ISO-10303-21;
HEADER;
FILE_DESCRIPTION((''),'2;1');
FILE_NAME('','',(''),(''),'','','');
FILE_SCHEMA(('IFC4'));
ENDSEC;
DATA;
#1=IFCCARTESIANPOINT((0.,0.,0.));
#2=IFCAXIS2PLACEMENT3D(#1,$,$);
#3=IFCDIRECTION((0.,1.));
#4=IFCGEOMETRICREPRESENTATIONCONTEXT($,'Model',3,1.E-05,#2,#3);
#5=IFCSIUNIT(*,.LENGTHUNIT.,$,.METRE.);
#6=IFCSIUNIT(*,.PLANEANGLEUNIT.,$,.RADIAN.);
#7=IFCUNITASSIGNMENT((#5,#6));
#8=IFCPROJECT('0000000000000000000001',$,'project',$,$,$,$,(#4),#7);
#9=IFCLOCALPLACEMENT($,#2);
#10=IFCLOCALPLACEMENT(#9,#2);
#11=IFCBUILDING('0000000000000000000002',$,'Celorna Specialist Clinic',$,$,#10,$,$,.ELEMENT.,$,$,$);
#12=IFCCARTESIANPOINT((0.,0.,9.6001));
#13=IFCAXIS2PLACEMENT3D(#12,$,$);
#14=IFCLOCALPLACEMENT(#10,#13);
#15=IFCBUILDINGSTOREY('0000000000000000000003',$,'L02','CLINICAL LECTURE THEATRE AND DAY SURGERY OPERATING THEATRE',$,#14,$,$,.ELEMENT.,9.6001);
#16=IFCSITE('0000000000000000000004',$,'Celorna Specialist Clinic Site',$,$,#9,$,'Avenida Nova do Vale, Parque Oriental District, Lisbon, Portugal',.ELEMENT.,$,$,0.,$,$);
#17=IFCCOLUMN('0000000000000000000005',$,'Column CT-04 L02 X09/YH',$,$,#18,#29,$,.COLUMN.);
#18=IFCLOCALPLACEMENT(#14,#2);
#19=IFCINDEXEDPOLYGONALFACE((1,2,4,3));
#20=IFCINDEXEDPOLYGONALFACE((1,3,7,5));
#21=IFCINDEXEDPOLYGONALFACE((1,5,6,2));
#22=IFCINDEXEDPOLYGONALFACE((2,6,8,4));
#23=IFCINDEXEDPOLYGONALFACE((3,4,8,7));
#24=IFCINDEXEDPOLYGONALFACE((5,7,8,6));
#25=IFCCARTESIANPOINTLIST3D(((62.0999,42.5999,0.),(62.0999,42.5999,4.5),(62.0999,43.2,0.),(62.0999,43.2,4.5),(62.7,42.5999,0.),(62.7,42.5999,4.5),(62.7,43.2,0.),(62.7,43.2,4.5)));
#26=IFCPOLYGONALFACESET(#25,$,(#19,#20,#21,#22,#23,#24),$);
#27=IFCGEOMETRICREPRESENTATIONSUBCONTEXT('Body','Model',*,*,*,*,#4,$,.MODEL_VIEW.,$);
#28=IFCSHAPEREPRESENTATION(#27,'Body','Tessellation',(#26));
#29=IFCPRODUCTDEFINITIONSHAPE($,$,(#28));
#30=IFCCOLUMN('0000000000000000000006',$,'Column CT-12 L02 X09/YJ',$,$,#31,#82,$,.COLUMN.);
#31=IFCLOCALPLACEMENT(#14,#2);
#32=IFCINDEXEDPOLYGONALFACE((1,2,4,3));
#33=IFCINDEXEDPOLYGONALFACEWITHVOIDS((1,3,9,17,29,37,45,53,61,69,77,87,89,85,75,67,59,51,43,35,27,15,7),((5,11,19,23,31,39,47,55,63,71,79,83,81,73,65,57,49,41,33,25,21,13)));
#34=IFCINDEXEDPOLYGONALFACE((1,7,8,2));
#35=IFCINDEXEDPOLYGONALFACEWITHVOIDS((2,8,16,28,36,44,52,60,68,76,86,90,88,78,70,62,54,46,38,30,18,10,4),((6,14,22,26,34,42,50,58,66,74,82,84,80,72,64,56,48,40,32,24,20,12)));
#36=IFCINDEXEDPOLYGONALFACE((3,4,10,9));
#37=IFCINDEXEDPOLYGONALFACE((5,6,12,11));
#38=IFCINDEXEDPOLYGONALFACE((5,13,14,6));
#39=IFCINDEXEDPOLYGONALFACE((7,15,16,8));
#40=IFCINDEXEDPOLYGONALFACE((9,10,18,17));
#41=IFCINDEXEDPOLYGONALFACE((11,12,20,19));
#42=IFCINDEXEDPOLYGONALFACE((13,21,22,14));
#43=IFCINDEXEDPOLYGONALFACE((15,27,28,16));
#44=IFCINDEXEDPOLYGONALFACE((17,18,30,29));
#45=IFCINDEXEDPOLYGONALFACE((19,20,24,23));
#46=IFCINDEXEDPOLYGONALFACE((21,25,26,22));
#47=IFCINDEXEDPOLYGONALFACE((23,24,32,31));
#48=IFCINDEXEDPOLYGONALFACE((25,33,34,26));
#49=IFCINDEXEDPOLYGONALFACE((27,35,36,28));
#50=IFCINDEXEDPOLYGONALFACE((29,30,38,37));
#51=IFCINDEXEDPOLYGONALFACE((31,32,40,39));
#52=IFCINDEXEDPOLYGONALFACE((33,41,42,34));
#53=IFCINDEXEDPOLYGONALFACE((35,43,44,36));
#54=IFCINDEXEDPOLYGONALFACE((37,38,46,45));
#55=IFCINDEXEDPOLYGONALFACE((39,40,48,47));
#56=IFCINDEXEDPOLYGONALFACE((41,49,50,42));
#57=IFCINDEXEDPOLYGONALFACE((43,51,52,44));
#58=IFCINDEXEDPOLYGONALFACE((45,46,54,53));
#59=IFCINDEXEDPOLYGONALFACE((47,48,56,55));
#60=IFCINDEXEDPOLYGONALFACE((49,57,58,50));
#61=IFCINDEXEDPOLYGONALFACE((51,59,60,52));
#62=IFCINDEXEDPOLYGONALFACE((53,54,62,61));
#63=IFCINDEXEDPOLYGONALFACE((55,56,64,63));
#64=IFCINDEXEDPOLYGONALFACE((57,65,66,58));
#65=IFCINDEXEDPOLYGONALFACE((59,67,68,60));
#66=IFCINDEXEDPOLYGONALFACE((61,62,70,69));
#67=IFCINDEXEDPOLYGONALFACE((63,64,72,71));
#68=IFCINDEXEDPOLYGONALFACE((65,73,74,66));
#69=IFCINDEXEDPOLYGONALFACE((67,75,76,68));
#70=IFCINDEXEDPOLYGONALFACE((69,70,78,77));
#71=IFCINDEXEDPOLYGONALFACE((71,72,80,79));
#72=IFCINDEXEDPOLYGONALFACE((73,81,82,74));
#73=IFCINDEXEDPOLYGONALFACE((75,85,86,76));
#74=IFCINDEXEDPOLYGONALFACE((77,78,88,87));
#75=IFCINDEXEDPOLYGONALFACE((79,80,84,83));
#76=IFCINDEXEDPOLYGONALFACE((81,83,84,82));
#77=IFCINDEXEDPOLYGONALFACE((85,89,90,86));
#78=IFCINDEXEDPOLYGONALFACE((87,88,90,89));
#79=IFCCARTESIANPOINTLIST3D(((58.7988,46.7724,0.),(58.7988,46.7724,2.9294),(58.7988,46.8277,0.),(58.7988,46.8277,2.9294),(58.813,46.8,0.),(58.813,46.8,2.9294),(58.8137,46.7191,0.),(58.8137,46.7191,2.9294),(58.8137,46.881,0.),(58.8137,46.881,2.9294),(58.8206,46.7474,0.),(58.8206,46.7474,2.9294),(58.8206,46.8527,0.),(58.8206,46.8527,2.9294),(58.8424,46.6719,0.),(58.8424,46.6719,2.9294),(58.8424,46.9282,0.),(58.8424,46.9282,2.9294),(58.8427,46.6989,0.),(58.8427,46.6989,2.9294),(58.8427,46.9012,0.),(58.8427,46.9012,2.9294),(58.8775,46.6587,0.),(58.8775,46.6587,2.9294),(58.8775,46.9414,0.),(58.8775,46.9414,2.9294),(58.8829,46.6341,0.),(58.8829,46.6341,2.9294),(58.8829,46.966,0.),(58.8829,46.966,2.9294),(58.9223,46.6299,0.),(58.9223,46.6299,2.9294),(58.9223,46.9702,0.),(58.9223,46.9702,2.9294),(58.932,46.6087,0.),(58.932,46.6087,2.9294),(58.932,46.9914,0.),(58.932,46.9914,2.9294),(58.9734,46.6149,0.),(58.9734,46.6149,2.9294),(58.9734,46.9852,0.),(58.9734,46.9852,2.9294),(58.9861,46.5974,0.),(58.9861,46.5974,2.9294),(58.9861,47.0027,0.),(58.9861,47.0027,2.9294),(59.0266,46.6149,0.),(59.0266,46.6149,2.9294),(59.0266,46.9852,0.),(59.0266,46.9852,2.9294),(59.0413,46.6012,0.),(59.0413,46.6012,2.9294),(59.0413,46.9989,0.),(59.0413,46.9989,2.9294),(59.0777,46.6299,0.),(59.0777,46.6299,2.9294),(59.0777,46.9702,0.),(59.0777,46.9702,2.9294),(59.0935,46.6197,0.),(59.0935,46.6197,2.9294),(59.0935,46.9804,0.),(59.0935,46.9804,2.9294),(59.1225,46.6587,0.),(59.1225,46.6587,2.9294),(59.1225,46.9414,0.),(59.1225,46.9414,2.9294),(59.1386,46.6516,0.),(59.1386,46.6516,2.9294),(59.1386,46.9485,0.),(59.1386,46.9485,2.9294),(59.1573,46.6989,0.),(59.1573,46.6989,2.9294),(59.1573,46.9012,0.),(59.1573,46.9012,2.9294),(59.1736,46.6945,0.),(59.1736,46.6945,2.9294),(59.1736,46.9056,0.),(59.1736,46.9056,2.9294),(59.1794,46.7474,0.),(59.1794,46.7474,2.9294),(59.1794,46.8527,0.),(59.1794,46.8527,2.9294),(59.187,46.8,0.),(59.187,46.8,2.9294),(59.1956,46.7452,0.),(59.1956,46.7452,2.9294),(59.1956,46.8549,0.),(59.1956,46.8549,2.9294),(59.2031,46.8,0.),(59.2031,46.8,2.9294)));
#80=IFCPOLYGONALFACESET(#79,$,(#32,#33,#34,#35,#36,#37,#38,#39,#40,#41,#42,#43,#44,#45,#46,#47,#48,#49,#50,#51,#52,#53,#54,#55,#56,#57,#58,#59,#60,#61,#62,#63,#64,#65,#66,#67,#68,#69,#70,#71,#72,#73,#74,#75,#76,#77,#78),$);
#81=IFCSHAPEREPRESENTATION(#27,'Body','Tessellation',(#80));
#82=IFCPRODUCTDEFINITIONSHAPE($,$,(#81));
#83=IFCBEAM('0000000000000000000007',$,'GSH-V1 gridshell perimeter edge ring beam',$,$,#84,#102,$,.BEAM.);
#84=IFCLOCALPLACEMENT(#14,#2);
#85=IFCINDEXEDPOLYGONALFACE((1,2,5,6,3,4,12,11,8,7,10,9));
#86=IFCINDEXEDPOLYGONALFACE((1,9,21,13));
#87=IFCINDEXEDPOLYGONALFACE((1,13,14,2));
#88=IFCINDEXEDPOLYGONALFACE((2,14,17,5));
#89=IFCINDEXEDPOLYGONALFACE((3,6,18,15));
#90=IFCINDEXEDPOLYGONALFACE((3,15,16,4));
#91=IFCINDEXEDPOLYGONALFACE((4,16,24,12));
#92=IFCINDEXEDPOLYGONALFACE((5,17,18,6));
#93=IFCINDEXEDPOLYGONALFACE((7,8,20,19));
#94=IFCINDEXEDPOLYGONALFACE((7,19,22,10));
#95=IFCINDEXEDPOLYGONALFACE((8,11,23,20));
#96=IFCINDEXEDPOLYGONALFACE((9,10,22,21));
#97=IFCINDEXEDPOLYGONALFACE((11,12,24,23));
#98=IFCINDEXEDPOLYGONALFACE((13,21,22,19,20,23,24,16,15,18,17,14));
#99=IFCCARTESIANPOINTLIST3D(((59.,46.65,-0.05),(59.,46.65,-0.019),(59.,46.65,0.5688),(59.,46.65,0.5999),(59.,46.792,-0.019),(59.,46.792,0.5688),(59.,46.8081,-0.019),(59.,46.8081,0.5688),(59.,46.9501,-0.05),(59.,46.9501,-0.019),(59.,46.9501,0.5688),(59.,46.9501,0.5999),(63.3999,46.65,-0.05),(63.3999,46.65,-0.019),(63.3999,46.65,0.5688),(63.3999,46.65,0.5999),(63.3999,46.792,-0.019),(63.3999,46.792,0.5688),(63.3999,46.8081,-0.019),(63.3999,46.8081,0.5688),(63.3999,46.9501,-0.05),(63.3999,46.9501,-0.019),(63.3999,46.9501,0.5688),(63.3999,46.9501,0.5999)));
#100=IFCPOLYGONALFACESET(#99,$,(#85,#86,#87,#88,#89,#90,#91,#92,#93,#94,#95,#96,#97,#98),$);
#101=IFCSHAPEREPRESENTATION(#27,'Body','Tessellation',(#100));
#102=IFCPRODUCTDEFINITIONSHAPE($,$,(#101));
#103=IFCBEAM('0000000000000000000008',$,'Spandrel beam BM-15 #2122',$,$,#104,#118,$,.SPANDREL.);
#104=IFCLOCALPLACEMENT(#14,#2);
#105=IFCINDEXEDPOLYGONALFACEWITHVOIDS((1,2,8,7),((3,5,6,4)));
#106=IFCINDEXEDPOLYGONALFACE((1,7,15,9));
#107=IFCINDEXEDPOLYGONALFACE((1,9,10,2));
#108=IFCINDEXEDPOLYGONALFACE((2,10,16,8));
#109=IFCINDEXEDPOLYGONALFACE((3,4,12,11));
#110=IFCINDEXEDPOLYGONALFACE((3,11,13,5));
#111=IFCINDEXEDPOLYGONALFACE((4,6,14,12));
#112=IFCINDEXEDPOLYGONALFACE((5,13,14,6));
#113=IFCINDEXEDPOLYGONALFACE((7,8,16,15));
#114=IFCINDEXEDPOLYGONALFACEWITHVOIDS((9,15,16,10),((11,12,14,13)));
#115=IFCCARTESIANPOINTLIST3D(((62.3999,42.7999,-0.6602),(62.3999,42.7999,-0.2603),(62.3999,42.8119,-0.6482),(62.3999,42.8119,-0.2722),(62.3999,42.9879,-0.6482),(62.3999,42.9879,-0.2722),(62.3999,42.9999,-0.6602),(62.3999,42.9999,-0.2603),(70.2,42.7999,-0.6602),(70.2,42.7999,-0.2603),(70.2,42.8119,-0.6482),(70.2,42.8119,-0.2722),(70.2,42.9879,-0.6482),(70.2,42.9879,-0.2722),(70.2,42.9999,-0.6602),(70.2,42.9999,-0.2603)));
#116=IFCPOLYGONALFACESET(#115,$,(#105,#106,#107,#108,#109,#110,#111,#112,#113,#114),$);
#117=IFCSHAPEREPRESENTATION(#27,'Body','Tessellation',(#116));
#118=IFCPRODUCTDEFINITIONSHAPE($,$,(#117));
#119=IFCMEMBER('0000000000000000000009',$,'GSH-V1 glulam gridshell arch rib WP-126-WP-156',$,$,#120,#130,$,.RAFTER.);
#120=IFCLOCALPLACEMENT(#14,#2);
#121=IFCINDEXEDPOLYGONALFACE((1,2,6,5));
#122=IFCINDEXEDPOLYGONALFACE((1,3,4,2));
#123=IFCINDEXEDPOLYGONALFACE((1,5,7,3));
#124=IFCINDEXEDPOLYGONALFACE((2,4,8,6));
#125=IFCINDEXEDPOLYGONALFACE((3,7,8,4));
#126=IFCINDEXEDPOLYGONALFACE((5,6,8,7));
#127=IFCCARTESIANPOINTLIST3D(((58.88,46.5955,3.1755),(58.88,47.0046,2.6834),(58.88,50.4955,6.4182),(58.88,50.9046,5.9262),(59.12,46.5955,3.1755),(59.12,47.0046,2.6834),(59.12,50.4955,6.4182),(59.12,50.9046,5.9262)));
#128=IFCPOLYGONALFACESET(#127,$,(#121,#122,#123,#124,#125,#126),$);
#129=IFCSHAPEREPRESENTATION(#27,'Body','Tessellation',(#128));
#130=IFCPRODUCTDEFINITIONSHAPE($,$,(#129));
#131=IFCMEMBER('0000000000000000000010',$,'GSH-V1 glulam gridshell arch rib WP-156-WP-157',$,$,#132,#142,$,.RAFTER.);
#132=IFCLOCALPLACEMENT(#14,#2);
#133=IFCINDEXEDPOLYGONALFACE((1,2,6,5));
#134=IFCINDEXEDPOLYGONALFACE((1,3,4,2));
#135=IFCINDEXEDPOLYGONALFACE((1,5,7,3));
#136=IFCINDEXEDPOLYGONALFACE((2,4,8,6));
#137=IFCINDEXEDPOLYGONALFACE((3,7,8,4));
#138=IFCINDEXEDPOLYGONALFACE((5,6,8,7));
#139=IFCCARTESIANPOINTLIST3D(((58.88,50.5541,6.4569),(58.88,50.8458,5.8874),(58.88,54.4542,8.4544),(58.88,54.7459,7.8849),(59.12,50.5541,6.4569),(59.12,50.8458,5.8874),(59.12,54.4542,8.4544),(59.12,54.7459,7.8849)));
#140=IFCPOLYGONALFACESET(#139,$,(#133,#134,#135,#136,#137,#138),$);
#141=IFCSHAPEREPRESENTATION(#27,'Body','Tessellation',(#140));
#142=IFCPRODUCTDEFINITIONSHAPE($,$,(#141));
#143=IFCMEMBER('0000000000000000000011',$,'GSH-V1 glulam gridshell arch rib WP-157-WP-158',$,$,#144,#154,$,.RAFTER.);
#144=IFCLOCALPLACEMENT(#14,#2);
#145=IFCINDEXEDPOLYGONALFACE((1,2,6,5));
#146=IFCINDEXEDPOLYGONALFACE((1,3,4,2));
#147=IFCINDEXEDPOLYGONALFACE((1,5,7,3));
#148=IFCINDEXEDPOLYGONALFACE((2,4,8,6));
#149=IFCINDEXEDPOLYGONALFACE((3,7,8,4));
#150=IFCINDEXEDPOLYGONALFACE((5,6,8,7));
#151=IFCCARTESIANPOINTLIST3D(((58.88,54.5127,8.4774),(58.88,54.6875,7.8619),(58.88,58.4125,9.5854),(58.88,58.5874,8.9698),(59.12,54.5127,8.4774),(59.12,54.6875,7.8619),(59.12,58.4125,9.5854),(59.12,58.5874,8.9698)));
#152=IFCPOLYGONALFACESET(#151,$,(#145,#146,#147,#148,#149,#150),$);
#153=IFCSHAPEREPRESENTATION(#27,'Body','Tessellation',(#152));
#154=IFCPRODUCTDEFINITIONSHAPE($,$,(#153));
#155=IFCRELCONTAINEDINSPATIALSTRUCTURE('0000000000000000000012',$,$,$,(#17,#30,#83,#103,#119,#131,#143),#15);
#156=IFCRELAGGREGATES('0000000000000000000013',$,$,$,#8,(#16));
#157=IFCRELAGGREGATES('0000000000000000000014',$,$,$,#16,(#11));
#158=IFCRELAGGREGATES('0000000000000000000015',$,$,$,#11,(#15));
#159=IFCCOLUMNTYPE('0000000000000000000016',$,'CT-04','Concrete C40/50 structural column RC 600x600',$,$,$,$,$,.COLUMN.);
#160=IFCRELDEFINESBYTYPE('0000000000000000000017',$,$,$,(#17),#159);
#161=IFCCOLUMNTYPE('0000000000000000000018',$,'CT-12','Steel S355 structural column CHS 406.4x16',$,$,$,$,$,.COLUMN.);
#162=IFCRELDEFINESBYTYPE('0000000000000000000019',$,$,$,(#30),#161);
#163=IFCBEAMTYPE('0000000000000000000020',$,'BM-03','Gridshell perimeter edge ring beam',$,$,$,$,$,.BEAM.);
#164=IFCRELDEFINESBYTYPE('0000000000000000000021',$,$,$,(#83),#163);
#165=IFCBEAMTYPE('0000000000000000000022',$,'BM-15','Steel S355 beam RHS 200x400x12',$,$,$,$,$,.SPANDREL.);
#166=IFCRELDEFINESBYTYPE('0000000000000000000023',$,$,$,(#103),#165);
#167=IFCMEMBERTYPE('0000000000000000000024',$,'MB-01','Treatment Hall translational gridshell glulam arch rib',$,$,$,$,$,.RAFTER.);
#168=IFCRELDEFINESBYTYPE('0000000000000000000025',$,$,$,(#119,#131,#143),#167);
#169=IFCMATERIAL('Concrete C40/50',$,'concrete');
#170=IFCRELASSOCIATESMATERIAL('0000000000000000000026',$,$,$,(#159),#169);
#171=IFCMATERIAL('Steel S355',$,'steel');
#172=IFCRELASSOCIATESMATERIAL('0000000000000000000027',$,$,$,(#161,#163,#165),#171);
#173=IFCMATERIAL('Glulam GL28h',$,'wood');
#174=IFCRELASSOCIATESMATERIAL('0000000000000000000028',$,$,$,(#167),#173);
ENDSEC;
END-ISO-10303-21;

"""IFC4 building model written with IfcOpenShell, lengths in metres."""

from ifc_helpers import new_model, si_unit, direction, frame, origin, origin_2d, place, context, subcontext, project, spatial, rectangle, hollow_rectangle, hollow_circle, i_section, extrude, material, material_profile, profile_set, type_object, element, save


model = new_model("IFC4")

# Units and contexts
model_context = context("Model", 3, precision=1e-05, world=origin(), true_north=direction((0.0, 1.0)))
body_context = subcontext(model_context, "Body", "Model", "MODEL_VIEW")
ifc_project = project(units=[si_unit("LENGTHUNIT", "METRE"), si_unit("PLANEANGLEUNIT", "RADIAN")], contexts=[model_context])

# Site, building, storey
site_placement = place(None, origin())
site = spatial("IfcSite", under=ifc_project, at=site_placement, Name="Celorna Specialist Clinic Site", LongName="Avenida Nova do Vale, Parque Oriental District, Lisbon, Portugal", CompositionType="ELEMENT", RefElevation=0.0)
building_placement = place(site_placement, origin())
building = spatial("IfcBuilding", under=site, at=building_placement, Name="Celorna Specialist Clinic", CompositionType="ELEMENT")
storey_placement = place(building_placement, frame((0.0, 0.0, 9.6001)))
storey = spatial("IfcBuildingStorey", under=building, at=storey_placement, Name="L02", Description="CLINICAL LECTURE THEATRE AND DAY SURGERY OPERATING THEATRE", CompositionType="ELEMENT", Elevation=9.6001)

# Columns
ifc_material_1 = material(Name="Concrete C40/50", Category="concrete")
ifc_material_profile_1 = material_profile(ifc_material_1, rectangle(XDim=0.6001, YDim=0.6001, at=origin_2d()), Name="RC 600x600")
ifc_profile_set_1 = profile_set([ifc_material_profile_1], Name="Concrete C40/50")
column_type_1 = type_object("IfcColumnType", Name="CT-04", Description="Concrete C40/50 structural column RC 600x600", PredefinedType="COLUMN", material=ifc_profile_set_1)
column_1_placement = place(storey_placement, frame((62.3999, 42.8999, 0.0), z_axis=(0.0, 0.0, 1.0), x_axis=(1.0, 0.0, 0.0)))
element("IfcColumn", 1, at=column_1_placement, inside=storey, type_object=column_type_1, Name="Column CT-04 L02 X09/YH", PredefinedType="COLUMN", context=body_context, shape_type="SweptSolid", body=[
    extrude(rectangle(XDim=0.6001, YDim=0.6001, at=origin_2d()), origin(), (0.0, 0.0, 1.0), 4.5),
])
ifc_material_2 = material(Name="Steel S355", Category="steel")
ifc_material_profile_2 = material_profile(ifc_material_2, hollow_circle(Radius=0.2031, WallThickness=0.0161, at=origin_2d()), Name="CHS 406.4x16")
ifc_profile_set_2 = profile_set([ifc_material_profile_2], Name="Steel S355")
column_type_2 = type_object("IfcColumnType", Name="CT-12", Description="Steel S355 structural column CHS 406.4x16", PredefinedType="COLUMN", material=ifc_profile_set_2)
column_2_placement = place(storey_placement, frame((59.0, 46.8, 0.0), z_axis=(0.0, 0.0, 1.0), x_axis=(1.0, 0.0, 0.0)))
element("IfcColumn", 2, at=column_2_placement, inside=storey, type_object=column_type_2, Name="Column CT-12 L02 X09/YJ", PredefinedType="COLUMN", context=body_context, shape_type="SweptSolid", body=[
    extrude(hollow_circle(Radius=0.2031, WallThickness=0.0161, at=origin_2d()), origin(), (0.0, 0.0, 1.0), 2.9294),
])

# Beams
ifc_material_profile_3 = material_profile(ifc_material_2, i_section(OverallWidth=0.3, OverallDepth=0.6499, WebThickness=0.0161, FlangeThickness=0.031, at=origin_2d()), Name="HE 650 B")
ifc_profile_set_3 = profile_set([ifc_material_profile_3], Name="Steel S355")
beam_type_1 = type_object("IfcBeamType", Name="BM-03", Description="Gridshell perimeter edge ring beam", PredefinedType="BEAM", material=ifc_profile_set_3)
beam_1_placement = place(storey_placement, frame((59.0, 46.8, 0.2749), z_axis=(1.0, 0.0, 0.0), x_axis=(0.0, 1.0, 0.0)))
element("IfcBeam", 3, at=beam_1_placement, inside=storey, type_object=beam_type_1, Name="GSH-V1 gridshell perimeter edge ring beam", PredefinedType="BEAM", context=body_context, shape_type="SweptSolid", body=[
    extrude(i_section(OverallWidth=0.3, OverallDepth=0.6499, WebThickness=0.0161, FlangeThickness=0.031, at=origin_2d()), origin(), (0.0, 0.0, 1.0), 4.3999),
])
ifc_material_profile_4 = material_profile(ifc_material_2, hollow_rectangle(XDim=0.2, YDim=0.3999, WallThickness=0.012, at=origin_2d()), Name="RHS 200x400x12")
ifc_profile_set_4 = profile_set([ifc_material_profile_4], Name="Steel S355")
beam_type_2 = type_object("IfcBeamType", Name="BM-15", Description="Steel S355 beam RHS 200x400x12", PredefinedType="SPANDREL", material=ifc_profile_set_4)
beam_2_placement = place(storey_placement, frame((62.3999, 42.8999, -0.4602), z_axis=(1.0, 0.0, 0.0), x_axis=(0.0, 1.0, 0.0)))
element("IfcBeam", 4, at=beam_2_placement, inside=storey, type_object=beam_type_2, Name="Spandrel beam BM-15 #2122", PredefinedType="SPANDREL", context=body_context, shape_type="SweptSolid", body=[
    extrude(hollow_rectangle(XDim=0.2, YDim=0.3999, WallThickness=0.012, at=origin_2d()), origin(), (0.0, 0.0, 1.0), 7.8),
])

# Members
ifc_material_3 = material(Name="Glulam GL28h", Category="wood")
ifc_material_profile_5 = material_profile(ifc_material_3, rectangle(XDim=0.24, YDim=0.6399, at=origin_2d()), Name="GL28h 240x640")
ifc_profile_set_5 = profile_set([ifc_material_profile_5], Name="Glulam GL28h")
member_type_1 = type_object("IfcMemberType", Name="MB-01", Description="Treatment Hall translational gridshell glulam arch rib", PredefinedType="RAFTER", material=ifc_profile_set_5)
member_1_placement = place(storey_placement, frame((59.0, 46.8, 2.9294), z_axis=(0.0, 0.768923, 0.639341), x_axis=(-1.0, 0.0, 0.0)))
element("IfcMember", 5, at=member_1_placement, inside=storey, type_object=member_type_1, Name="GSH-V1 glulam gridshell arch rib WP-126-WP-156", PredefinedType="RAFTER", context=body_context, shape_type="SweptSolid", body=[
    extrude(rectangle(XDim=0.24, YDim=0.6399, at=origin_2d()), origin(), (0.0, 0.0, 1.0), 5.072),
])
member_2_placement = place(storey_placement, frame((59.0, 50.7, 6.1721), z_axis=(0.0, 0.890051, 0.455862), x_axis=(-1.0, 0.0, 0.0)))
element("IfcMember", 6, at=member_2_placement, inside=storey, type_object=member_type_1, Name="GSH-V1 glulam gridshell arch rib WP-156-WP-157", PredefinedType="RAFTER", context=body_context, shape_type="SweptSolid", body=[
    extrude(rectangle(XDim=0.24, YDim=0.6399, at=origin_2d()), origin(), (0.0, 0.0, 1.0), 4.3818),
])
member_3_placement = place(storey_placement, frame((59.0, 54.6001, 8.1697), z_axis=(0.0, 0.961936, 0.273273), x_axis=(-1.0, 0.0, 0.0)))
element("IfcMember", 7, at=member_3_placement, inside=storey, type_object=member_type_1, Name="GSH-V1 glulam gridshell arch rib WP-157-WP-158", PredefinedType="RAFTER", context=body_context, shape_type="SweptSolid", body=[
    extrude(rectangle(XDim=0.24, YDim=0.6399, at=origin_2d()), origin(), (0.0, 0.0, 1.0), 4.0542),
])

save(model, "model.ifc")
